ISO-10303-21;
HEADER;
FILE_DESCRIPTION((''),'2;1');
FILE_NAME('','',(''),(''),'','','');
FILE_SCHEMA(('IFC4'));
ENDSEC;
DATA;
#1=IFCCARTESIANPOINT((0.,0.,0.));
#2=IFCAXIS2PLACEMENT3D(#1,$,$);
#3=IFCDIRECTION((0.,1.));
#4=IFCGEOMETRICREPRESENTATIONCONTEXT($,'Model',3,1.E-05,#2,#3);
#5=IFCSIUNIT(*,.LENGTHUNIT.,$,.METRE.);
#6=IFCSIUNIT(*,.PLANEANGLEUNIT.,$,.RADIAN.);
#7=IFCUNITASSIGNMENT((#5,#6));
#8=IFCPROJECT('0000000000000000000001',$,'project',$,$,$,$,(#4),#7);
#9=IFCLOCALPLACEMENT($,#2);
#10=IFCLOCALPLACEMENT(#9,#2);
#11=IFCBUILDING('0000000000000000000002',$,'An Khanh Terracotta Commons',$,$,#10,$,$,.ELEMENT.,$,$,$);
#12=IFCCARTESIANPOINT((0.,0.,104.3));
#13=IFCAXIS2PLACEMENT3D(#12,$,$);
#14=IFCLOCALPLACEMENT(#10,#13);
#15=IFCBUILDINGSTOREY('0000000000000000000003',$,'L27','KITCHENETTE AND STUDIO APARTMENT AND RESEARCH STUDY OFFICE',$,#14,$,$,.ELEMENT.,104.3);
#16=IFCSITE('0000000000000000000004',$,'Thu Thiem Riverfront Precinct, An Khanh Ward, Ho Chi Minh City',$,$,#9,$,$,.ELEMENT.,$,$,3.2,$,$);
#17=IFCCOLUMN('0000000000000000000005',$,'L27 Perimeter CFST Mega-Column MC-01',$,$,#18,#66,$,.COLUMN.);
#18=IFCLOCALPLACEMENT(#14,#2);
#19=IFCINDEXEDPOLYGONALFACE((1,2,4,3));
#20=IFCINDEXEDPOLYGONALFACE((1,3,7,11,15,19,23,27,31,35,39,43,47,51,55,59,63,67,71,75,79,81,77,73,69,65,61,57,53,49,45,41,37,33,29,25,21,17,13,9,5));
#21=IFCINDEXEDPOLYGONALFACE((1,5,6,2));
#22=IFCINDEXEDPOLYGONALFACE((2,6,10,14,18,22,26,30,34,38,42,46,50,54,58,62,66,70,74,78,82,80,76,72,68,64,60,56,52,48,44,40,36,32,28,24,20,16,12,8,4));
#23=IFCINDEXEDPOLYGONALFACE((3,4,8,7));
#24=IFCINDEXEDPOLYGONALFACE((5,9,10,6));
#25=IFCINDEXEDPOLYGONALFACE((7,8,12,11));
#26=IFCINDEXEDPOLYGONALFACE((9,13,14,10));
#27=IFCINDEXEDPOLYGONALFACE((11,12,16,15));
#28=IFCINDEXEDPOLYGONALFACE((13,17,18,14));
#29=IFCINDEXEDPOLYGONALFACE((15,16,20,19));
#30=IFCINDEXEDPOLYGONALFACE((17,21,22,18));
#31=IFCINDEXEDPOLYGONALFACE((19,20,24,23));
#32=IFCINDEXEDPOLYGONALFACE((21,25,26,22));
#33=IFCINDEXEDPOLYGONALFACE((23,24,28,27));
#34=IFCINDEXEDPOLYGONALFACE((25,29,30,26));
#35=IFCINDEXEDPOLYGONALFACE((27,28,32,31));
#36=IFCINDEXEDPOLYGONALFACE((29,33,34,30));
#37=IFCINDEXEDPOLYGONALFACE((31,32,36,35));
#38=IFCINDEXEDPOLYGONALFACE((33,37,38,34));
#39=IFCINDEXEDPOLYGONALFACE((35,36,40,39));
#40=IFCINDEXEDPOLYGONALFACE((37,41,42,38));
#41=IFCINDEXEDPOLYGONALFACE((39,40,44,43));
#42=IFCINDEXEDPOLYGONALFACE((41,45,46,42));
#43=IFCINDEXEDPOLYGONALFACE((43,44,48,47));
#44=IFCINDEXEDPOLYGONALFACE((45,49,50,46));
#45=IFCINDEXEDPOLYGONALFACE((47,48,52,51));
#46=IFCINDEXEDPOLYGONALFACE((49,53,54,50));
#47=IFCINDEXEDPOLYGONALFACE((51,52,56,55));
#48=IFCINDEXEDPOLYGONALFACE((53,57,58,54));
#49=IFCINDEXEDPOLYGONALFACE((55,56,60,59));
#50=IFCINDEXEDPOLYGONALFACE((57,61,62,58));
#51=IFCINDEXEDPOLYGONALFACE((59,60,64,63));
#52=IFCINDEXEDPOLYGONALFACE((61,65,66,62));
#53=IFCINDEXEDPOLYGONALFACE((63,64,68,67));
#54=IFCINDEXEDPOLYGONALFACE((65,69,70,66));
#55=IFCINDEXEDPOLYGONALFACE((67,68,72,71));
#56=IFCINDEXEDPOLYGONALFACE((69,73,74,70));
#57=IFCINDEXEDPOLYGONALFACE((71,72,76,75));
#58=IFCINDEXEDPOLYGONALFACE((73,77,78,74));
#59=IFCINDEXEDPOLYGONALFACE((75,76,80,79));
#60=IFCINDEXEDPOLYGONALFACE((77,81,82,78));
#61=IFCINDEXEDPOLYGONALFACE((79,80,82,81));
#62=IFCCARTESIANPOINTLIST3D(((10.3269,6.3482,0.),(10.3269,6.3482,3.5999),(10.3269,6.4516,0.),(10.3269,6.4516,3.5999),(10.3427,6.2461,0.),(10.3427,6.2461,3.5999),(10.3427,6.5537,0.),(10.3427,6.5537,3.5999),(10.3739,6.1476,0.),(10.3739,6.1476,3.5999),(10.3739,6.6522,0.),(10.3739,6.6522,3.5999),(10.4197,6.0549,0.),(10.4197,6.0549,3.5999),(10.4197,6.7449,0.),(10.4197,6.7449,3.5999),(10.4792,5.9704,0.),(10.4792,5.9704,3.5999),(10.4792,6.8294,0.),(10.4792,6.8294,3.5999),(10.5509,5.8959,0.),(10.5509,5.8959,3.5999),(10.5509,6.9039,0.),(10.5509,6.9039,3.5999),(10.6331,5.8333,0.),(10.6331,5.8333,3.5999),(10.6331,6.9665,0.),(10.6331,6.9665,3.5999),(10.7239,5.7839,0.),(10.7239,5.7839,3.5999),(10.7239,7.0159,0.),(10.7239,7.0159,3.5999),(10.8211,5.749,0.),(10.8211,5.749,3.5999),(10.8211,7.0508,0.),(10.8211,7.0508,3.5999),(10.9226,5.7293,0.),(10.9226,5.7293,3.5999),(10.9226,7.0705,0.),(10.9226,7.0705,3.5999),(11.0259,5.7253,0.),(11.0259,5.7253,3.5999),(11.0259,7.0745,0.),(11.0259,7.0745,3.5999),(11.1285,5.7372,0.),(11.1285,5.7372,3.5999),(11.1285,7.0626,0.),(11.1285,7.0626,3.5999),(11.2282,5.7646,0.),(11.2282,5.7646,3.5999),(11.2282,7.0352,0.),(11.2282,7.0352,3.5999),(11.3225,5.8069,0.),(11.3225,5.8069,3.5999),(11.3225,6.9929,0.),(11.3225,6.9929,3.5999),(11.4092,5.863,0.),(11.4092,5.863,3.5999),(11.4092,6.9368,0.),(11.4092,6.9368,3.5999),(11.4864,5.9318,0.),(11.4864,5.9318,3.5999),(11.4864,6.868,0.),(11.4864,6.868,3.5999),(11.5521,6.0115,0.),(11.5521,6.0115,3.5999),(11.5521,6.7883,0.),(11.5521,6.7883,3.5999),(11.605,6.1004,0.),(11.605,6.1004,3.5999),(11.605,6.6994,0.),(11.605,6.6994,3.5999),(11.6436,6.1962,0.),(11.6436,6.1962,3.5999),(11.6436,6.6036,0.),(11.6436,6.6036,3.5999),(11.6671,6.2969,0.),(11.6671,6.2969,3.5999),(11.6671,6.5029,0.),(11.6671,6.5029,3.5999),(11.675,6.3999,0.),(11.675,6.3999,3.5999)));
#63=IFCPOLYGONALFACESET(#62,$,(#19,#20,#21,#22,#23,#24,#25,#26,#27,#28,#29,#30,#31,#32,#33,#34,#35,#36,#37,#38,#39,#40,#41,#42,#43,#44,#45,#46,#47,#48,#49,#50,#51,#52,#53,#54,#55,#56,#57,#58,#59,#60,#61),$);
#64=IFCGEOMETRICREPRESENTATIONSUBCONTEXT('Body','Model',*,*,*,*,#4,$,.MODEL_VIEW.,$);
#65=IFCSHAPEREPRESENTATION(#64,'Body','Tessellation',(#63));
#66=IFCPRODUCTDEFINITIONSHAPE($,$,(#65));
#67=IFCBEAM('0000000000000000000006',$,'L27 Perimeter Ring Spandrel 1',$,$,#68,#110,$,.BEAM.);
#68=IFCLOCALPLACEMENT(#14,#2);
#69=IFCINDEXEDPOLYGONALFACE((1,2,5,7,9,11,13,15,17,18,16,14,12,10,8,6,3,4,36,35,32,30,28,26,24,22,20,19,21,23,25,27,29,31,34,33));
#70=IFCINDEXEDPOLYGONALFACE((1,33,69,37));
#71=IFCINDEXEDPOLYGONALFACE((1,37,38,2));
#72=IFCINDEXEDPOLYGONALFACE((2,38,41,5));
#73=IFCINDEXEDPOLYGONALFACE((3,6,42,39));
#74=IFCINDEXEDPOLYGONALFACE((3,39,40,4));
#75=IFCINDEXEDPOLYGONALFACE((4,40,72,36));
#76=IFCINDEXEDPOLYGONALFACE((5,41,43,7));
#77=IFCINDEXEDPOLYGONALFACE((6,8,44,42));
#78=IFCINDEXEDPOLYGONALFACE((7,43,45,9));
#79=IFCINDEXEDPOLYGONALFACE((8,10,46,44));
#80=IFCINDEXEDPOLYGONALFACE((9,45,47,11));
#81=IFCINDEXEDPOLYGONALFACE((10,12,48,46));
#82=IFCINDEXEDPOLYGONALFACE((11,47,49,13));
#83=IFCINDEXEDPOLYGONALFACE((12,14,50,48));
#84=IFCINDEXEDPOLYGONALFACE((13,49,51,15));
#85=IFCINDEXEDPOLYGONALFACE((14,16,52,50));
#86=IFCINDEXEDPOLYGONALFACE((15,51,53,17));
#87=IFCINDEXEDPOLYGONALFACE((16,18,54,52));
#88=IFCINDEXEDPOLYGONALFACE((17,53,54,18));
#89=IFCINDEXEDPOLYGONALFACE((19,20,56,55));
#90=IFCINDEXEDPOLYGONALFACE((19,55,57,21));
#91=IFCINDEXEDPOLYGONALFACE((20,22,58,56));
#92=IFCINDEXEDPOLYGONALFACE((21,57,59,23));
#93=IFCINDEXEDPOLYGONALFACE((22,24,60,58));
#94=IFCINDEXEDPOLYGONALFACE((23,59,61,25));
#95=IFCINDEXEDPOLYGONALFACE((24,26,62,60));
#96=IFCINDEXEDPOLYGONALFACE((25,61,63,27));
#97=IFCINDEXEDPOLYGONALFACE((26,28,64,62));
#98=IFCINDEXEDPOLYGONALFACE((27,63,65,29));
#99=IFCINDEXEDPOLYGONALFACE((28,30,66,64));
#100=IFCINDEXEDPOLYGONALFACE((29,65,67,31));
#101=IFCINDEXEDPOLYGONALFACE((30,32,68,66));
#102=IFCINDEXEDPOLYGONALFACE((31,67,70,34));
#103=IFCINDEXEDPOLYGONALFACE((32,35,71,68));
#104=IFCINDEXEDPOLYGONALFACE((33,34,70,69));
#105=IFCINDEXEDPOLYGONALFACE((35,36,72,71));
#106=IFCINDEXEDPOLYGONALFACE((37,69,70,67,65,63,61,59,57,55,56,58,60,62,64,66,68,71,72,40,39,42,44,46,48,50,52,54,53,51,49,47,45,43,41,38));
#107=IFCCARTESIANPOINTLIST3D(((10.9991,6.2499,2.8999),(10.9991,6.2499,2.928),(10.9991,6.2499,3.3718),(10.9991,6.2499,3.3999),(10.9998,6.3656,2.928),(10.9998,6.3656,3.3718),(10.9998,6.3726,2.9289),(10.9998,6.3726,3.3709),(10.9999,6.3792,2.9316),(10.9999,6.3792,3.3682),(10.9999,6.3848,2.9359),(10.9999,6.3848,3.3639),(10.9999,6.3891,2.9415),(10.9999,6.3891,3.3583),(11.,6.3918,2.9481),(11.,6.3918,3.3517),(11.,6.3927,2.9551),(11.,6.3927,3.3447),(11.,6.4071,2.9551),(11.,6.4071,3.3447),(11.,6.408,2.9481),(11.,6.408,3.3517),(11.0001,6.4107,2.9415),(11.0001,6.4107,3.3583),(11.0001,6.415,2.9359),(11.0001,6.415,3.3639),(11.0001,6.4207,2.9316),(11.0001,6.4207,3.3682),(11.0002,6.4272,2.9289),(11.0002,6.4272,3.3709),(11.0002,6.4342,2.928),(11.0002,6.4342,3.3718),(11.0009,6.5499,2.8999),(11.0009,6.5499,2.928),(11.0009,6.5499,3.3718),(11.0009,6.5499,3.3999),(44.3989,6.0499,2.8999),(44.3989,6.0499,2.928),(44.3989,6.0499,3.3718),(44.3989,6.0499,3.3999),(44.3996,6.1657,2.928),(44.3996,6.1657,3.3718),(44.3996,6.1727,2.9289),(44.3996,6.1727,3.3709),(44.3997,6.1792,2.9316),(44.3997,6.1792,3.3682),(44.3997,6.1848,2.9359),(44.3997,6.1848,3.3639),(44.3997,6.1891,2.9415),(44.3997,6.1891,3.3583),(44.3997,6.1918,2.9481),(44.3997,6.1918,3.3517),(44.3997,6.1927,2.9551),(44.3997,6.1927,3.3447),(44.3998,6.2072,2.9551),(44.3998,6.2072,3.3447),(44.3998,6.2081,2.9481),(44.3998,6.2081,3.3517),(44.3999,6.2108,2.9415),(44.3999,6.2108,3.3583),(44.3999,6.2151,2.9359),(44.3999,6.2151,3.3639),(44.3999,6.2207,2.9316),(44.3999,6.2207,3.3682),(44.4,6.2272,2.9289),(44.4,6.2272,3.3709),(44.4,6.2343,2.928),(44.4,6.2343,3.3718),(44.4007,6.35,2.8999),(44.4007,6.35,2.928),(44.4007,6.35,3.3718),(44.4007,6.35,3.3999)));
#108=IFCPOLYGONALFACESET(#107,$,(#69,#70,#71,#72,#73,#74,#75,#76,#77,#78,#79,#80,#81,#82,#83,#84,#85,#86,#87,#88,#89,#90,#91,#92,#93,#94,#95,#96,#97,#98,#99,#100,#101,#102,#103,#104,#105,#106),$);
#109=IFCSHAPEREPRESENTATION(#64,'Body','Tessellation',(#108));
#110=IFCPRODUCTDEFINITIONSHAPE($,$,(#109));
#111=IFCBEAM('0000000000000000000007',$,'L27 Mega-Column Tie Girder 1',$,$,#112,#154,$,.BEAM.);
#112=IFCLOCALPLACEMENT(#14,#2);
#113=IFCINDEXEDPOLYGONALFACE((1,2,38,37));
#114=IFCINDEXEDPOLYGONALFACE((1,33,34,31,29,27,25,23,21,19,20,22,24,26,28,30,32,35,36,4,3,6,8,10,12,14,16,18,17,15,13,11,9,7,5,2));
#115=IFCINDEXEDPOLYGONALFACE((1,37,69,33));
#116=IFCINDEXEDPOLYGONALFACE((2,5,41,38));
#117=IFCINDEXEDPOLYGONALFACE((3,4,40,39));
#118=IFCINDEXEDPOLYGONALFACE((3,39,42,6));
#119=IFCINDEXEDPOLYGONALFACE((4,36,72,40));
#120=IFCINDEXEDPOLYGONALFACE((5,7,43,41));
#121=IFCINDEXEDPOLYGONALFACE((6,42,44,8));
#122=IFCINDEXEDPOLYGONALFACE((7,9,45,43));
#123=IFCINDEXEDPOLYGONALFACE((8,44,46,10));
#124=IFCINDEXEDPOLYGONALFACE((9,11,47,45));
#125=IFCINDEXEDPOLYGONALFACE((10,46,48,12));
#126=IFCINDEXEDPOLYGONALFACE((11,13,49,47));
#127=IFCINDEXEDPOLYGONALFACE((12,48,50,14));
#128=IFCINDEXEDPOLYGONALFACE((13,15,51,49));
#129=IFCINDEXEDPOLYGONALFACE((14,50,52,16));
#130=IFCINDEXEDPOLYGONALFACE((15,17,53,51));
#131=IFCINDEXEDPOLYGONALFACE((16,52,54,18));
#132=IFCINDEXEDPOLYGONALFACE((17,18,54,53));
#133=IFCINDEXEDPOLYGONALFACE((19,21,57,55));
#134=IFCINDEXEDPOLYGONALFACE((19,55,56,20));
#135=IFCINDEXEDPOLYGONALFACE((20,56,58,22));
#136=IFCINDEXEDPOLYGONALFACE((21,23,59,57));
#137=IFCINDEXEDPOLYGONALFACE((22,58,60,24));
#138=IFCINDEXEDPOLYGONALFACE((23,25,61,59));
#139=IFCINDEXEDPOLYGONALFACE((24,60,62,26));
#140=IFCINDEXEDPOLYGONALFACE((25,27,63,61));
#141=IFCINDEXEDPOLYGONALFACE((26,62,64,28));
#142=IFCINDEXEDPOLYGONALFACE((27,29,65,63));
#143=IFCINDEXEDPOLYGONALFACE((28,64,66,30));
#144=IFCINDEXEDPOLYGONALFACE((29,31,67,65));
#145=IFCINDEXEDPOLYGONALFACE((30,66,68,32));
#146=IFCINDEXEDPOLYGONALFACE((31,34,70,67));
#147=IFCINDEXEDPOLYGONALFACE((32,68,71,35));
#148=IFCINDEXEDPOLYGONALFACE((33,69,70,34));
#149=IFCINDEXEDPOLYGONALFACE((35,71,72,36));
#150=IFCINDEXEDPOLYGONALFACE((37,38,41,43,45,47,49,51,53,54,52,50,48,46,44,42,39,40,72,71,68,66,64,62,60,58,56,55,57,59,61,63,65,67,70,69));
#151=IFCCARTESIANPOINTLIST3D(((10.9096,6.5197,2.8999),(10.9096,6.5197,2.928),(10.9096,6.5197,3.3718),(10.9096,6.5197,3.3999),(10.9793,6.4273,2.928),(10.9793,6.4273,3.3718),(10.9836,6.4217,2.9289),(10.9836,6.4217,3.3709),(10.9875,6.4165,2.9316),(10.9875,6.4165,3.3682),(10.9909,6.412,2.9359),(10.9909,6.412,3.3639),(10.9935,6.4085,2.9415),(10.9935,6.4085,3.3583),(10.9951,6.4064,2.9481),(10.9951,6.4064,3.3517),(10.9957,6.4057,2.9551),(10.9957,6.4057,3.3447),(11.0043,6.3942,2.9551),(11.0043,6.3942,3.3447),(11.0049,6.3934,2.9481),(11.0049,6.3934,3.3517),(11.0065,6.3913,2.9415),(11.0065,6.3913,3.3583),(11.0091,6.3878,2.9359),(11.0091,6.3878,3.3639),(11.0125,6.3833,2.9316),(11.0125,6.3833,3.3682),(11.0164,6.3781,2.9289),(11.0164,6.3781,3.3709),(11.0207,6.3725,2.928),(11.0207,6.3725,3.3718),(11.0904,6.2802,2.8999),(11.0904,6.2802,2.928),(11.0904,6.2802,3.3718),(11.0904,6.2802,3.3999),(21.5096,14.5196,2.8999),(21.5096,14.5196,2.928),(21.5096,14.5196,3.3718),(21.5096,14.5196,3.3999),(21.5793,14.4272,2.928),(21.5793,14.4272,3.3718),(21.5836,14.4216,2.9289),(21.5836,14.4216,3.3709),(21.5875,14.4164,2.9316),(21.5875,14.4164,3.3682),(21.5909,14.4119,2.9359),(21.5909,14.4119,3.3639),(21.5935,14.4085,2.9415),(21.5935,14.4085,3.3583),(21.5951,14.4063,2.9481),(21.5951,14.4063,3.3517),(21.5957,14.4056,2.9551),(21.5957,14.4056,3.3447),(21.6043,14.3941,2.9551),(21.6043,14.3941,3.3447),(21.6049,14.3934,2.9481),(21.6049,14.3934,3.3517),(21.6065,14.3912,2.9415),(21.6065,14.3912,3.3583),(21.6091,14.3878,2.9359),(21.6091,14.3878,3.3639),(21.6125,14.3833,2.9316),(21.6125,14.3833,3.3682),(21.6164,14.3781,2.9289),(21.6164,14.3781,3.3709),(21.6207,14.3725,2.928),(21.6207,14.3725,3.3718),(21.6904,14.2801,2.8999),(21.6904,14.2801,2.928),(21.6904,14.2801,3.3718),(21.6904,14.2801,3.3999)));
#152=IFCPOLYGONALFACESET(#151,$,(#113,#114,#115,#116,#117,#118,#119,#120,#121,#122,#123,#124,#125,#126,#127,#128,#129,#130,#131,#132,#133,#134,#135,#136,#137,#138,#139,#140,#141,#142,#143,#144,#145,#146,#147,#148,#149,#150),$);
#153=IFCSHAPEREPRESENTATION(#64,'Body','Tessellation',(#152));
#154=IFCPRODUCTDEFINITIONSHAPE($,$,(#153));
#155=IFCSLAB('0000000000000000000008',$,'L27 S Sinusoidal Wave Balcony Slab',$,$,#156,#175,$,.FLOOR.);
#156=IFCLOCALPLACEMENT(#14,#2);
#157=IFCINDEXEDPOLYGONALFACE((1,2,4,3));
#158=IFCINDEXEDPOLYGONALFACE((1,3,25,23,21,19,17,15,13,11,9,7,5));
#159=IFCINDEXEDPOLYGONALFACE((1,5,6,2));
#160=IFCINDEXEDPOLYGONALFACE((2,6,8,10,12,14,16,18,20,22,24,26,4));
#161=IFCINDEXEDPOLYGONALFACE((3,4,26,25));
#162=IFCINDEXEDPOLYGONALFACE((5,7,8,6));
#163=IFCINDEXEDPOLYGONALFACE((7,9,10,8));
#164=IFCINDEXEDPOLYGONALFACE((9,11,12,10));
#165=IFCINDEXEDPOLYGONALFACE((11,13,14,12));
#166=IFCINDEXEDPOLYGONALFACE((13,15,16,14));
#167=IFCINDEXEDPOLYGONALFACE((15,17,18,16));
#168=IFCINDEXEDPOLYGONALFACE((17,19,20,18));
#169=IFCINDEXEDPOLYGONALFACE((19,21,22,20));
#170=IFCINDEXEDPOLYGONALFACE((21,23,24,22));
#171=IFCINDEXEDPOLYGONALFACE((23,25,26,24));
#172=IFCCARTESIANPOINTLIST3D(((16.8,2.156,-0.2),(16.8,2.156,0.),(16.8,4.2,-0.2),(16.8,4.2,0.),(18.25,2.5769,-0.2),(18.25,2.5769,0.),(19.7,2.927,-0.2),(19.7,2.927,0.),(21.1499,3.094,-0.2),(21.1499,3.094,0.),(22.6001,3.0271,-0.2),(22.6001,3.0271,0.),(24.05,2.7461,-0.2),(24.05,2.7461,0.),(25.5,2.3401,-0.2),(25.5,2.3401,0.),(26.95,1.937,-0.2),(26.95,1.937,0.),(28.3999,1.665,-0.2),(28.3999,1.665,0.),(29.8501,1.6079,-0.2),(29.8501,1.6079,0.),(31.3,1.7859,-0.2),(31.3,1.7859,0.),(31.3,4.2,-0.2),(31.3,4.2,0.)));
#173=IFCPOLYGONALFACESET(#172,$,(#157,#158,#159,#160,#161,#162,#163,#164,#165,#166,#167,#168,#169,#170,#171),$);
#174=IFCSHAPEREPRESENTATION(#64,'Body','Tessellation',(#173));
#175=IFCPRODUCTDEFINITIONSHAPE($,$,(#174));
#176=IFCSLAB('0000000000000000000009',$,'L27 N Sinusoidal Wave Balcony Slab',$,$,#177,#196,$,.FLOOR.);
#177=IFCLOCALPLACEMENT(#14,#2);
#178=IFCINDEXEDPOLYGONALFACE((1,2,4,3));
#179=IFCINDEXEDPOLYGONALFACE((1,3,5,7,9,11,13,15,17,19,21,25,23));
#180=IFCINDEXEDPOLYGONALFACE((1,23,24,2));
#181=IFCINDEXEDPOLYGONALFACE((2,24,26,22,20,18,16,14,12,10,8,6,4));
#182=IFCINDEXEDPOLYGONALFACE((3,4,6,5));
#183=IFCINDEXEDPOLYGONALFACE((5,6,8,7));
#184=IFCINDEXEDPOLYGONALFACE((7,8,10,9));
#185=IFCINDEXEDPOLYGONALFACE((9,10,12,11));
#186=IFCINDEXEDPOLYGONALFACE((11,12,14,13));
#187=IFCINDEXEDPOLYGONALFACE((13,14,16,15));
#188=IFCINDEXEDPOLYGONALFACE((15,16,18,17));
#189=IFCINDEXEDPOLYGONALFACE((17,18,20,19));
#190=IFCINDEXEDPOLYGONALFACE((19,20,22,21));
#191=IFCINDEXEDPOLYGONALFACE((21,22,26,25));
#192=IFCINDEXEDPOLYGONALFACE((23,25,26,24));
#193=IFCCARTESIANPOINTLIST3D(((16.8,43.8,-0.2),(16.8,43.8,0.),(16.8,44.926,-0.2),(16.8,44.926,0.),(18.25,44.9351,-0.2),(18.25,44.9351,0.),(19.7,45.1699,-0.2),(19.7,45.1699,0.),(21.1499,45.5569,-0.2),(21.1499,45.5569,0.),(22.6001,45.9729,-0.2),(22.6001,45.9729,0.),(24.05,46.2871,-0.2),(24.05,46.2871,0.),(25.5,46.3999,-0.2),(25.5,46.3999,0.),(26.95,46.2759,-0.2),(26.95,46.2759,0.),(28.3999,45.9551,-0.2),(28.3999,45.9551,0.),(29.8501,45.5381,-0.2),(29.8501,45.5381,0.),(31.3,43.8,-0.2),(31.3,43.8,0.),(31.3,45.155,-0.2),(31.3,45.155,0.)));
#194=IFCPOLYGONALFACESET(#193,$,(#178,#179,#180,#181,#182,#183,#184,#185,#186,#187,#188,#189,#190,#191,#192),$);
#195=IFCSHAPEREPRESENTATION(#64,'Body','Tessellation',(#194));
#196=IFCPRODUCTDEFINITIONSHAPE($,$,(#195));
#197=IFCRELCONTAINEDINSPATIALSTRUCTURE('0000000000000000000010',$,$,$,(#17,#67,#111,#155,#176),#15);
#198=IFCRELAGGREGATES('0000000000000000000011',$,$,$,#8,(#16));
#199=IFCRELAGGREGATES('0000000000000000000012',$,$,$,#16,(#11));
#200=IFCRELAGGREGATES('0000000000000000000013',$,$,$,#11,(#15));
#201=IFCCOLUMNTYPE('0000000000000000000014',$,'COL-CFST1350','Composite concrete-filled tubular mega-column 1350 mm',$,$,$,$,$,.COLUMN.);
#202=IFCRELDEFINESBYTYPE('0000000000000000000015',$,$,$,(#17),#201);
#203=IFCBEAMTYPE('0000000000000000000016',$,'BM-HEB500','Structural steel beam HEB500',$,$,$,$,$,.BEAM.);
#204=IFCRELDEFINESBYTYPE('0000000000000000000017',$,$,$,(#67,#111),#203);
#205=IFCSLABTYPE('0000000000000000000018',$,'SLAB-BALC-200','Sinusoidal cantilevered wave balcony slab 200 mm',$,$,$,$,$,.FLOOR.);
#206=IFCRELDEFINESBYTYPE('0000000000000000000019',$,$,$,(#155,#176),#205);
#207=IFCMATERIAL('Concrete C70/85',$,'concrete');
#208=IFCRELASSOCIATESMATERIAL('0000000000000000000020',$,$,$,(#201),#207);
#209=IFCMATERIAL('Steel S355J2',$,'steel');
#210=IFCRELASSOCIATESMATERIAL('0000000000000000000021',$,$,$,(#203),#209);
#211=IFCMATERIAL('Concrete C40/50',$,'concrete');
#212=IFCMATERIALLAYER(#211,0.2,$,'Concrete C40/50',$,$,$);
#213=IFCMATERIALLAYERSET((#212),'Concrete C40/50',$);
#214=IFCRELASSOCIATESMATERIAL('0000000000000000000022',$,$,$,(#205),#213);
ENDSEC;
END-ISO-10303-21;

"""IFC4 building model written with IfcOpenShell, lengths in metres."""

from ifc_helpers import new_model, si_unit, direction, frame, origin, origin_2d, place, context, subcontext, project, spatial, polyline, circle, i_section, outline, extrude, material, layer, layer_set, material_profile, profile_set, type_object, element, save


model = new_model("IFC4")

# Units and contexts
model_context = context("Model", 3, precision=1e-05, world=origin(), true_north=direction((0.0, 1.0)))
body_context = subcontext(model_context, "Body", "Model", "MODEL_VIEW")
ifc_project = project(units=[si_unit("LENGTHUNIT", "METRE"), si_unit("PLANEANGLEUNIT", "RADIAN")], contexts=[model_context])

# Site, building, storey
site_placement = place(None, origin())
site = spatial("IfcSite", under=ifc_project, at=site_placement, Name="Thu Thiem Riverfront Precinct, An Khanh Ward, Ho Chi Minh City", CompositionType="ELEMENT", RefElevation=3.2)
building_placement = place(site_placement, origin())
building = spatial("IfcBuilding", under=site, at=building_placement, Name="An Khanh Terracotta Commons", CompositionType="ELEMENT")
storey_placement = place(building_placement, frame((0.0, 0.0, 104.3)))
storey = spatial("IfcBuildingStorey", under=building, at=storey_placement, Name="L27", Description="KITCHENETTE AND STUDIO APARTMENT AND RESEARCH STUDY OFFICE", CompositionType="ELEMENT", Elevation=104.3)

# Column
ifc_material_1 = material(Name="Concrete C70/85", Category="concrete")
ifc_material_profile_1 = material_profile(ifc_material_1, circle(Radius=0.675, at=origin_2d()), Name="CFST1350")
ifc_profile_set_1 = profile_set([ifc_material_profile_1], Name="Concrete C70/85")
column_type = type_object("IfcColumnType", Name="COL-CFST1350", Description="Composite concrete-filled tubular mega-column 1350 mm", PredefinedType="COLUMN", material=ifc_profile_set_1)
column_placement = place(storey_placement, frame((11.0, 6.3999, 0.0), z_axis=(0.0, 0.0, 1.0), x_axis=(1.0, 0.0, 0.0)))
element("IfcColumn", 1, at=column_placement, inside=storey, type_object=column_type, Name="L27 Perimeter CFST Mega-Column MC-01", PredefinedType="COLUMN", context=body_context, shape_type="SweptSolid", body=[
    extrude(circle(Radius=0.675, at=origin_2d()), origin(), (0.0, 0.0, 1.0), 3.5999),
])

# Beams
ifc_material_2 = material(Name="Steel S355J2", Category="steel")
ifc_material_profile_2 = material_profile(ifc_material_2, i_section(OverallWidth=0.3, OverallDepth=0.5, WebThickness=0.0144, FlangeThickness=0.0281, FilletRadius=0.0271, at=origin_2d()), Name="HEB500")
ifc_profile_set_2 = profile_set([ifc_material_profile_2], Name="Steel S355J2")
beam_type = type_object("IfcBeamType", Name="BM-HEB500", Description="Structural steel beam HEB500", PredefinedType="BEAM", material=ifc_profile_set_2)
beam_1_placement = place(storey_placement, frame((11.0, 6.3999, 3.1499), z_axis=(0.999982, -0.005986, 0.0), x_axis=(0.005986, 0.999982, 0.0)))
element("IfcBeam", 2, at=beam_1_placement, inside=storey, type_object=beam_type, Name="L27 Perimeter Ring Spandrel 1", PredefinedType="BEAM", context=body_context, shape_type="SweptSolid", body=[
    extrude(i_section(OverallWidth=0.3, OverallDepth=0.5, WebThickness=0.0144, FlangeThickness=0.0281, FilletRadius=0.0271, at=origin_2d()), origin(), (0.0, 0.0, 1.0), 33.4004),
])
beam_2_placement = place(storey_placement, frame((11.0, 6.3999, 3.1499), z_axis=(0.798192, 0.602403, 0.0), x_axis=(-0.602403, 0.798192, 0.0)))
element("IfcBeam", 3, at=beam_2_placement, inside=storey, type_object=beam_type, Name="L27 Mega-Column Tie Girder 1", PredefinedType="BEAM", context=body_context, shape_type="SweptSolid", body=[
    extrude(i_section(OverallWidth=0.3, OverallDepth=0.5, WebThickness=0.0144, FlangeThickness=0.0281, FilletRadius=0.0271, at=origin_2d()), origin(), (0.0, 0.0, 1.0), 13.28),
])

# Slabs
ifc_material_3 = material(Name="Concrete C40/50", Category="concrete")
ifc_layer_1 = layer(ifc_material_3, 0.2, Name="Concrete C40/50")
ifc_layer_set_1 = layer_set([ifc_layer_1], Name="Concrete C40/50")
slab_type_1 = type_object("IfcSlabType", Name="SLAB-BALC-200", Description="Sinusoidal cantilevered wave balcony slab 200 mm", PredefinedType="FLOOR", material=ifc_layer_set_1)
slab_1_placement = place(storey_placement, frame((0.0, 0.0, -0.2)))
element("IfcSlab", 4, at=slab_1_placement, inside=storey, type_object=slab_type_1, Name="L27 S Sinusoidal Wave Balcony Slab", PredefinedType="FLOOR", context=body_context, shape_type="SweptSolid", body=[
    extrude(outline(polyline([(16.8, 4.2), (16.8, 2.156), (18.25, 2.5769), (19.7, 2.927), (21.1499, 3.094), (22.6001, 3.0271), (24.05, 2.7461), (25.5, 2.3401), (26.95, 1.937), (28.3999, 1.665), (29.8501, 1.6079), (31.3, 1.7859), (31.3, 4.2), (16.8, 4.2)])), origin(), (0.0, 0.0, 1.0), 0.2),
])
slab_2_placement = place(storey_placement, frame((0.0, 0.0, -0.2)))
element("IfcSlab", 5, at=slab_2_placement, inside=storey, type_object=slab_type_1, Name="L27 N Sinusoidal Wave Balcony Slab", PredefinedType="FLOOR", context=body_context, shape_type="SweptSolid", body=[
    extrude(outline(polyline([(31.3, 43.8), (31.3, 45.155), (29.8501, 45.5381), (28.3999, 45.9551), (26.95, 46.2759), (25.5, 46.3999), (24.05, 46.2871), (22.6001, 45.9729), (21.1499, 45.5569), (19.7, 45.1699), (18.25, 44.9351), (16.8, 44.926), (16.8, 43.8), (31.3, 43.8)])), origin(), (0.0, 0.0, 1.0), 0.2),
])

save(model, "model.ifc")
